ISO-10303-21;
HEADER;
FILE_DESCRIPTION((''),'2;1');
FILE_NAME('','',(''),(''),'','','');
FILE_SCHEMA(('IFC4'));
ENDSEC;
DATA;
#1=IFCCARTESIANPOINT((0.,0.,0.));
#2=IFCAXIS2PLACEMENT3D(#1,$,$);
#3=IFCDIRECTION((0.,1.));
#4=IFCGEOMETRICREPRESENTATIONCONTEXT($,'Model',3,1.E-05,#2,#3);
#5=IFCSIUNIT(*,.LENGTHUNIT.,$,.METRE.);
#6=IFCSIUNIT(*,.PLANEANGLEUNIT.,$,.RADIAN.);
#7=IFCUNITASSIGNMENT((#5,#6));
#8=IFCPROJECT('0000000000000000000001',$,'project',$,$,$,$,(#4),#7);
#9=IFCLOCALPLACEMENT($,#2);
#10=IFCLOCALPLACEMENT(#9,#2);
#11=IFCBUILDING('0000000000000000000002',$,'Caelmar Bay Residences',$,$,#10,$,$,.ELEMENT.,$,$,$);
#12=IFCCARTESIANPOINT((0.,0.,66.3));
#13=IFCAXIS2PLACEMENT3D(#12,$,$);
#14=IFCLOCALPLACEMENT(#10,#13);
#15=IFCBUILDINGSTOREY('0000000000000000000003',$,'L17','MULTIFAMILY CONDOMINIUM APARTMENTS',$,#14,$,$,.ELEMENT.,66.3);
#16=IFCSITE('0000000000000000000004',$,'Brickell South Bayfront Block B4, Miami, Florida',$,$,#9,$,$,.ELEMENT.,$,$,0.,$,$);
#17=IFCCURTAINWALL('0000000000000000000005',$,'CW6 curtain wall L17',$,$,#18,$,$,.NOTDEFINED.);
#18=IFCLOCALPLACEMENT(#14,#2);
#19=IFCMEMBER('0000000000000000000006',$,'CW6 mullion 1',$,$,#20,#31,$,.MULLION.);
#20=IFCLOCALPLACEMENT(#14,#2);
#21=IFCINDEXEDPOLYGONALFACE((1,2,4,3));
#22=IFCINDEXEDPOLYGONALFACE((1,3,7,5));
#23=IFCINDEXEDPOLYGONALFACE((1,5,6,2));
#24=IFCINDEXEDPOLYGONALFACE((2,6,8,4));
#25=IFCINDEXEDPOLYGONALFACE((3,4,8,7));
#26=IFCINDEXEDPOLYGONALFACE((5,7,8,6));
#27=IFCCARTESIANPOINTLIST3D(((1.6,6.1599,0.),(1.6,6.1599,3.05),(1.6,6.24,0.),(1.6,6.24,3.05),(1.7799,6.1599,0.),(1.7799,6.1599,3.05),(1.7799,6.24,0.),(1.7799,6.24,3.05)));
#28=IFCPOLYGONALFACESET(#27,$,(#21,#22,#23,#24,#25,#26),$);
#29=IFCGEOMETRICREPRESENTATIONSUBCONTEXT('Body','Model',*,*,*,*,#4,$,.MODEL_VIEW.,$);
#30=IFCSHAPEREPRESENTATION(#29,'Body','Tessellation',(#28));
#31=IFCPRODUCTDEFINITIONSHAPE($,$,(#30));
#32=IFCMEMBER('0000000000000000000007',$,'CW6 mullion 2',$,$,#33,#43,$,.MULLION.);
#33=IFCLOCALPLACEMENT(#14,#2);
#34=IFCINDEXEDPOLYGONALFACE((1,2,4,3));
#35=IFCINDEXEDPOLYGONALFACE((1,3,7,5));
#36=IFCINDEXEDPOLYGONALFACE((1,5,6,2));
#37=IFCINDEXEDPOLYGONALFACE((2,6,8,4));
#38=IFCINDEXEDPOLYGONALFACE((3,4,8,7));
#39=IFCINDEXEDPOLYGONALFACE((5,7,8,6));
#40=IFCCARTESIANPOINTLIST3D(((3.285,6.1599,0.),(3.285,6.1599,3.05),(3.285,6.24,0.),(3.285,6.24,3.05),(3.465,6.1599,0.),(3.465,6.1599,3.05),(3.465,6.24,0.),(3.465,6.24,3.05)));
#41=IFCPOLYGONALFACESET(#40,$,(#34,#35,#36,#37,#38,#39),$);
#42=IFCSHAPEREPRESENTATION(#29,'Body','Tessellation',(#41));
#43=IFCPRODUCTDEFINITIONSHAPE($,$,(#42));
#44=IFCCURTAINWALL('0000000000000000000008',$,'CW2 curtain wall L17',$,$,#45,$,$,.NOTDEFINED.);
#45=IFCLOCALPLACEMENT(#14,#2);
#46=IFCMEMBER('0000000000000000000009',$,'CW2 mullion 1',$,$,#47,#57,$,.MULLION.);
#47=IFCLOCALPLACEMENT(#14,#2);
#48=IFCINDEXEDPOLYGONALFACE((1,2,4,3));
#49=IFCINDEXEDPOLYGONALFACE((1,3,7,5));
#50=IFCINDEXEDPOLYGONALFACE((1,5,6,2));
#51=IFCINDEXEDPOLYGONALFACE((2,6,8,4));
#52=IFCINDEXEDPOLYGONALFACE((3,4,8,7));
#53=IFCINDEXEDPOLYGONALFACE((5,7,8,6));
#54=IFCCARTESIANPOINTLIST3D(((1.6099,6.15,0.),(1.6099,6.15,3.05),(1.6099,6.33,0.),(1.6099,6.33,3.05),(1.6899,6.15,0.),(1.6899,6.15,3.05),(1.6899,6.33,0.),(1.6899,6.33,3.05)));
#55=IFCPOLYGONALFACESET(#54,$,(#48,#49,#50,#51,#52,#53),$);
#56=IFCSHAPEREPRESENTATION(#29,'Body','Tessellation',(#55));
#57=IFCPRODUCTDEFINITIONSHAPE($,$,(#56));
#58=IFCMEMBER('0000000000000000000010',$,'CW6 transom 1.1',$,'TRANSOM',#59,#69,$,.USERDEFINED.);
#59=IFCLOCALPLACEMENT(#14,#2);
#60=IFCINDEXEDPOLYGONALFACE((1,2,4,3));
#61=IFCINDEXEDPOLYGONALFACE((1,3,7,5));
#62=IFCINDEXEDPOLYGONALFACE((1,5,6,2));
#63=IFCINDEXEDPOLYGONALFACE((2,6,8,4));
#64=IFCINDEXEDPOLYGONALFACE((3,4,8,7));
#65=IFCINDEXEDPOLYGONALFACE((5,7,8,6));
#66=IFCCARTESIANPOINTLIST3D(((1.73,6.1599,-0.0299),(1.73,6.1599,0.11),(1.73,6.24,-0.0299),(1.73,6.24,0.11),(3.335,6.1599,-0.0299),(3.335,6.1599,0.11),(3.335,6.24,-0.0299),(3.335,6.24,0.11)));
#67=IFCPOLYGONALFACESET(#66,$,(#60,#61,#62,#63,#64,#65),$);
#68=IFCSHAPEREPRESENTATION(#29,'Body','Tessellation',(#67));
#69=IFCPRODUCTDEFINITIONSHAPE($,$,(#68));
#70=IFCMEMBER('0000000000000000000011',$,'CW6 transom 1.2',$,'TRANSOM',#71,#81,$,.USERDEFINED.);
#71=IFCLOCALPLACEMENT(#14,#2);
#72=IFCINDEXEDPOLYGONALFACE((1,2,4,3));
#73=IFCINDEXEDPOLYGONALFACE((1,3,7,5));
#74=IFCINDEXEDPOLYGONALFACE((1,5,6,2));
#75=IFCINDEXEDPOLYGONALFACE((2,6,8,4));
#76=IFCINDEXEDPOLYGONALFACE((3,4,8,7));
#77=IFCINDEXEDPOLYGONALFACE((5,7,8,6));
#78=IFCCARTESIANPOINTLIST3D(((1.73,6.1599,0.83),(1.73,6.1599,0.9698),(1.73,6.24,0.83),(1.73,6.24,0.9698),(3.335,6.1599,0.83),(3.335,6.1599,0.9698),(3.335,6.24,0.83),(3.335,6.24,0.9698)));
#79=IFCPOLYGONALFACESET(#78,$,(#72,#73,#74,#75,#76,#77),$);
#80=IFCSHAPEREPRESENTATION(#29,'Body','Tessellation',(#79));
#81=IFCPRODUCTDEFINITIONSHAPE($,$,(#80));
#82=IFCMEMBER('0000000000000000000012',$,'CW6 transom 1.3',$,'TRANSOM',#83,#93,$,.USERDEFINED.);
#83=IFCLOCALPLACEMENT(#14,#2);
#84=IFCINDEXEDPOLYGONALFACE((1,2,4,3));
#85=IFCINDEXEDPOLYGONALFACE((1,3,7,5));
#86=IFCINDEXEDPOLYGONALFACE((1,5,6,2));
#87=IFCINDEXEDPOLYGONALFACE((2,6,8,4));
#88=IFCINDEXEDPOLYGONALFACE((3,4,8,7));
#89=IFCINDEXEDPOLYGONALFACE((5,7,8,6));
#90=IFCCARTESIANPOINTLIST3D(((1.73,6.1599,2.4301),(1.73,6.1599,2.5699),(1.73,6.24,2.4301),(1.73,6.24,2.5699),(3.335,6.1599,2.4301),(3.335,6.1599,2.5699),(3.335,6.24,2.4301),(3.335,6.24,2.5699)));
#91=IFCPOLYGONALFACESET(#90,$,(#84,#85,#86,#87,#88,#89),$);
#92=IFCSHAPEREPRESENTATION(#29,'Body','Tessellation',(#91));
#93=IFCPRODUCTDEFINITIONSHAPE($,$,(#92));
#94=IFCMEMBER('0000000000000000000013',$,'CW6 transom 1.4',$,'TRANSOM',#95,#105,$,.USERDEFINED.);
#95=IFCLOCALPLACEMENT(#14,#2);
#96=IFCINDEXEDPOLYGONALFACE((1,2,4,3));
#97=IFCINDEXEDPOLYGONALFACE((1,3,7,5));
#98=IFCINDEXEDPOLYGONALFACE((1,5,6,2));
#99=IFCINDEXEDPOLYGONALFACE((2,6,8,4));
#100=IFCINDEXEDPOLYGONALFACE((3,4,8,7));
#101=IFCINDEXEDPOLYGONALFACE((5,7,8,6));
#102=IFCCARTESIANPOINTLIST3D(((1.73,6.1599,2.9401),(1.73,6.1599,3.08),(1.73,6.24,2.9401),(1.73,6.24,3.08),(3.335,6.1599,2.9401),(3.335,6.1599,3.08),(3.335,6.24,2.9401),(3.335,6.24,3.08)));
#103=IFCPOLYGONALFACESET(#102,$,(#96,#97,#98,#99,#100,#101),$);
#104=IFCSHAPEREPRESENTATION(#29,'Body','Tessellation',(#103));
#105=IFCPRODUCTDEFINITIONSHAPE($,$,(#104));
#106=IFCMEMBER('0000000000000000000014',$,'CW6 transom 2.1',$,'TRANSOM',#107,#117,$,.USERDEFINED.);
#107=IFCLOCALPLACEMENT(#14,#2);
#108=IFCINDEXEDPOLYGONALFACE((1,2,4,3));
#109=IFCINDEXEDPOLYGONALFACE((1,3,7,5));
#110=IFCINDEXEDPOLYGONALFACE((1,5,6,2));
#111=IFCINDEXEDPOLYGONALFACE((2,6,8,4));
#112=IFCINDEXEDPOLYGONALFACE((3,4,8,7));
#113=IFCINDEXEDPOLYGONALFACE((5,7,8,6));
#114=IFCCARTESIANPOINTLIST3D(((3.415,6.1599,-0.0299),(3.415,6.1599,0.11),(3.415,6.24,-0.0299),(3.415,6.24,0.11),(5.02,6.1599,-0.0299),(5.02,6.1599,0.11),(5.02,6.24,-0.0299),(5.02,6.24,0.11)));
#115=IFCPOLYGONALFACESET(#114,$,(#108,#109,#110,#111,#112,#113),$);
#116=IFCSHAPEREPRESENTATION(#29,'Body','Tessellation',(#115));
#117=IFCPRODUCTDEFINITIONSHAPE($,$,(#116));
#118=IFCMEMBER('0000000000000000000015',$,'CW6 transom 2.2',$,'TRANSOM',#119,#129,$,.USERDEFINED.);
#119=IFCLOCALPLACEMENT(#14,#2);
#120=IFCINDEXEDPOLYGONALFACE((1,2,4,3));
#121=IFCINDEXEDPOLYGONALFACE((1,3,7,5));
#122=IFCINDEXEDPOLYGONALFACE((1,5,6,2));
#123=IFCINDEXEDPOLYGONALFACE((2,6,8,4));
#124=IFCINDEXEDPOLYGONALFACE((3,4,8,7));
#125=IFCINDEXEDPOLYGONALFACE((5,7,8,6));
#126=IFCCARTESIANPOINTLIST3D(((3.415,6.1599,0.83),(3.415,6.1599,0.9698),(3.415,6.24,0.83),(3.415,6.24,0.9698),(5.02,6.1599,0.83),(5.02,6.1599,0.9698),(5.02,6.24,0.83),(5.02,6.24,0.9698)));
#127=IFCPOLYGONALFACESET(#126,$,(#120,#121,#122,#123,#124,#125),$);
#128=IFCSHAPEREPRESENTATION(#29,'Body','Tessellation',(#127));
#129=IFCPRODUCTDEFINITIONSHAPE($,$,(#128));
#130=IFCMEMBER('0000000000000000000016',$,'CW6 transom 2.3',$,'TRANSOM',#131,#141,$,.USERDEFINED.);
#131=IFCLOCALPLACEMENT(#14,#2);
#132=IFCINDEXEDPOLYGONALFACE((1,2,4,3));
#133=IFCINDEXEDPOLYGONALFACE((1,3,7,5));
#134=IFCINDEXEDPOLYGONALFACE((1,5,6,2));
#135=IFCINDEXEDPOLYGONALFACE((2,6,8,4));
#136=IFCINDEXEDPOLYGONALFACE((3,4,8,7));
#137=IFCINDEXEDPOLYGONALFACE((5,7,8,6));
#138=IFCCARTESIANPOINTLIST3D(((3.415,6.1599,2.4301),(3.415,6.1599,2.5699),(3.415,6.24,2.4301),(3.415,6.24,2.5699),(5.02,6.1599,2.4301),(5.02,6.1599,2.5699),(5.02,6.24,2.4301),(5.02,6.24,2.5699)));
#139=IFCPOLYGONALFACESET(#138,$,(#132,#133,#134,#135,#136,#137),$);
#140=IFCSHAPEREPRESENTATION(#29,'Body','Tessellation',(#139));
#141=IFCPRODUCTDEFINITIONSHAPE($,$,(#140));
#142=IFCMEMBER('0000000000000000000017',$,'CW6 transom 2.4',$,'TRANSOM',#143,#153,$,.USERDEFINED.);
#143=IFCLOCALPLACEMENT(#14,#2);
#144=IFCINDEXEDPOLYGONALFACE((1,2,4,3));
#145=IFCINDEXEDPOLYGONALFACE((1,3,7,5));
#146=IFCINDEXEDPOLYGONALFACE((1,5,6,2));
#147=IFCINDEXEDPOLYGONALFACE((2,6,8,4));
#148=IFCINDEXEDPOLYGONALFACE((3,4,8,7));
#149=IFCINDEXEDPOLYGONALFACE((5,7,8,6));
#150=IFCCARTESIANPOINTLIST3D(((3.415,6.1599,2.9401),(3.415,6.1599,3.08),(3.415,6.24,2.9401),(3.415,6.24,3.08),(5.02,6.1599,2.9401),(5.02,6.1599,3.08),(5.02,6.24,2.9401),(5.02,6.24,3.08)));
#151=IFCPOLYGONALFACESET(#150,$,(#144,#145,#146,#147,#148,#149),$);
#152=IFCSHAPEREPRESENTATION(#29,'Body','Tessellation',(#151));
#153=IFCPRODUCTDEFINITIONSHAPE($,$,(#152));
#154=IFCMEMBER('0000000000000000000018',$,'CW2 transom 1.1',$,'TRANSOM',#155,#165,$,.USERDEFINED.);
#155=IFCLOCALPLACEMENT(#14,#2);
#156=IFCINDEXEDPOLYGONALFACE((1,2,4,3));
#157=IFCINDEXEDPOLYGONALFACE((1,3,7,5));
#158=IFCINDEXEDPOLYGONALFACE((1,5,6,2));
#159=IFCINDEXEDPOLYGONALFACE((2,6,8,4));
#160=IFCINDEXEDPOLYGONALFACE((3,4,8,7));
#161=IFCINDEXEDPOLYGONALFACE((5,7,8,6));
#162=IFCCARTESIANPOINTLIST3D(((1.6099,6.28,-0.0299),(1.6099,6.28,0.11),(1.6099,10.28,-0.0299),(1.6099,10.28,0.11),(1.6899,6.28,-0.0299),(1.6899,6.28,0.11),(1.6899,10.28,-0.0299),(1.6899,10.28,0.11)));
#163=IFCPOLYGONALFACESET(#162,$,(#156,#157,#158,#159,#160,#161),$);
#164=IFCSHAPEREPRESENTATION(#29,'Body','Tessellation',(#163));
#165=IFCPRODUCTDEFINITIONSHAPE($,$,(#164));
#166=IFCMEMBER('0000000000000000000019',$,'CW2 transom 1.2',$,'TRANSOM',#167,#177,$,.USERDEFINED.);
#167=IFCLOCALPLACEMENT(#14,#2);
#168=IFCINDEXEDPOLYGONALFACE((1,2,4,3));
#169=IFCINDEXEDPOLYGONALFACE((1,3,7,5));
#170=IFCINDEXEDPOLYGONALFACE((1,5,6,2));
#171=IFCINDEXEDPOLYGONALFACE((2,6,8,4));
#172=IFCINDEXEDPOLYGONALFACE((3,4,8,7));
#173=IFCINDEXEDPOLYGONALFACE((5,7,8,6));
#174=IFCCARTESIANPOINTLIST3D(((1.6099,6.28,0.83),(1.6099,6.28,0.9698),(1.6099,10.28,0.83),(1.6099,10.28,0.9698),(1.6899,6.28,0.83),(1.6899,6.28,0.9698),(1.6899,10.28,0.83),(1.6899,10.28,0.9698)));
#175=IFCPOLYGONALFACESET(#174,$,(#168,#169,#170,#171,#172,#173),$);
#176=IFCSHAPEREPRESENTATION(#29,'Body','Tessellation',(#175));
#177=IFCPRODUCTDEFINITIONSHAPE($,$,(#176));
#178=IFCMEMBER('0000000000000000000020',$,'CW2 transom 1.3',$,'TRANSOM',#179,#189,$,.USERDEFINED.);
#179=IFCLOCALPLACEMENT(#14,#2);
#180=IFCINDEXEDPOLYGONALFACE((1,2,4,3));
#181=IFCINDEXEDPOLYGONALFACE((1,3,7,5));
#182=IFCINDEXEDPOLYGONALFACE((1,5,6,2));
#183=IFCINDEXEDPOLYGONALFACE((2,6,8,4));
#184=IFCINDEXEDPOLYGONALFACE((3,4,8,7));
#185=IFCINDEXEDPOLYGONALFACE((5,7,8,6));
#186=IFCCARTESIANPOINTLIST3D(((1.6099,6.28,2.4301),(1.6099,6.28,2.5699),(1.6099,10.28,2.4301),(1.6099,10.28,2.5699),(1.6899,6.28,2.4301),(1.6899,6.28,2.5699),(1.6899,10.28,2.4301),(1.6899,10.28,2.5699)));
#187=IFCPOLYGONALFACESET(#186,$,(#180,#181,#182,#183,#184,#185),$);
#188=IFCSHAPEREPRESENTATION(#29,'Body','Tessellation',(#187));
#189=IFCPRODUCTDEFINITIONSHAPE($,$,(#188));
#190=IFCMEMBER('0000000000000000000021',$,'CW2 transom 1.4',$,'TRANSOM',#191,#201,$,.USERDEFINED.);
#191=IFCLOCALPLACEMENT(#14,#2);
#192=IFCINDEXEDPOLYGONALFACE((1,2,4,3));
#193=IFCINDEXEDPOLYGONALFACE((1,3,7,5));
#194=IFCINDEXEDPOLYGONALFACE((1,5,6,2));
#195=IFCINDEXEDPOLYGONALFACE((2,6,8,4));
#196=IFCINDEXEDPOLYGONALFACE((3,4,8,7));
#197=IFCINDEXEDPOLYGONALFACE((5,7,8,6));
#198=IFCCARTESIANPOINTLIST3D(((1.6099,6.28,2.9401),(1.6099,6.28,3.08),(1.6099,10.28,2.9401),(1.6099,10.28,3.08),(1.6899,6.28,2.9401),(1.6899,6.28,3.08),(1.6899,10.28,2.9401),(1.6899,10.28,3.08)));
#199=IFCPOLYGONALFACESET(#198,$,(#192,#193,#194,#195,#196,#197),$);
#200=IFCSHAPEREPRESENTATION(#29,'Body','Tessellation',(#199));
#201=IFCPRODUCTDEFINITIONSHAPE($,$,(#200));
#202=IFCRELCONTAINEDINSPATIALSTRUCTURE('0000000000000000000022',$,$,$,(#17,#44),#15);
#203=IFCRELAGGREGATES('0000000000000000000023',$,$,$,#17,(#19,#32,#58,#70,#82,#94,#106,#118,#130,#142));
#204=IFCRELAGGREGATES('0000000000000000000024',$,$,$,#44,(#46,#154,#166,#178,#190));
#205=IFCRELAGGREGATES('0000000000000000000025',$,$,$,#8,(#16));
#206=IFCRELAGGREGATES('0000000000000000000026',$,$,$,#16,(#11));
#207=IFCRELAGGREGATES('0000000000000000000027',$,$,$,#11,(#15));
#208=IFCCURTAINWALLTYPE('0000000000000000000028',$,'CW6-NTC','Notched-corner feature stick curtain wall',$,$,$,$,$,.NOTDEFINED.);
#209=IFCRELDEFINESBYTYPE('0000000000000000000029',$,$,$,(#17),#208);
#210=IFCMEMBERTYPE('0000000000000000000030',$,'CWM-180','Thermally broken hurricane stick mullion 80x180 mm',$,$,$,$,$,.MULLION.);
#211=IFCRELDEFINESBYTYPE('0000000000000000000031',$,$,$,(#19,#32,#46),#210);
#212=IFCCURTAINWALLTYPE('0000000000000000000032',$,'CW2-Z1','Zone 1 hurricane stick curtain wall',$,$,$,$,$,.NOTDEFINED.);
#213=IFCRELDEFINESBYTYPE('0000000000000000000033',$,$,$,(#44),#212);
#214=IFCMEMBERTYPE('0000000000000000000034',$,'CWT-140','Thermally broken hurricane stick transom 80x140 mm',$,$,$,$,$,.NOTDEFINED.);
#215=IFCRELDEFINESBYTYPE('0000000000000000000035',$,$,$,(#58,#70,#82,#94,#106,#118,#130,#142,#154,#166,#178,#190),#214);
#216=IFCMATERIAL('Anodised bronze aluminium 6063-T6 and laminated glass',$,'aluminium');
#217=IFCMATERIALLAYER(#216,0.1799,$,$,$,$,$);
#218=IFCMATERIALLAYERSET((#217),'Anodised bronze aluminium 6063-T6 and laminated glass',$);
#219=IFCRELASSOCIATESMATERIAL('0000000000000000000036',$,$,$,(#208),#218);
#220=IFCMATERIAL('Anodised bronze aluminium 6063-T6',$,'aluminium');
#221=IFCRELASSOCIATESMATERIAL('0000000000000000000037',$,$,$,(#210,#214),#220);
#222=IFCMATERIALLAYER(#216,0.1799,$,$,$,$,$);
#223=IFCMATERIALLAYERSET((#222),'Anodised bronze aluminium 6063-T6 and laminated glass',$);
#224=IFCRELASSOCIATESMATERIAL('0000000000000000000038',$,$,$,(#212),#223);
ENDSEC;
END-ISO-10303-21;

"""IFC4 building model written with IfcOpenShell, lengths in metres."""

from ifc_helpers import new_model, si_unit, direction, frame, origin, origin_2d, place, context, subcontext, project, spatial, rectangle, extrude, material, layer, layer_set, material_profile, profile_set, type_object, element, aggregate, save


model = new_model("IFC4")

# Units and contexts
model_context = context("Model", 3, precision=1e-05, world=origin(), true_north=direction((0.0, 1.0)))
body_context = subcontext(model_context, "Body", "Model", "MODEL_VIEW")
ifc_project = project(units=[si_unit("LENGTHUNIT", "METRE"), si_unit("PLANEANGLEUNIT", "RADIAN")], contexts=[model_context])

# Site, building, storey
site_placement = place(None, origin())
site = spatial("IfcSite", under=ifc_project, at=site_placement, Name="Brickell South Bayfront Block B4, Miami, Florida", CompositionType="ELEMENT", RefElevation=0.0)
building_placement = place(site_placement, origin())
building = spatial("IfcBuilding", under=site, at=building_placement, Name="Caelmar Bay Residences", CompositionType="ELEMENT")
storey_placement = place(building_placement, frame((0.0, 0.0, 66.3)))
storey = spatial("IfcBuildingStorey", under=building, at=storey_placement, Name="L17", Description="MULTIFAMILY CONDOMINIUM APARTMENTS", CompositionType="ELEMENT", Elevation=66.3)

# Curtain wall, members
ifc_material_1 = material(Name="Anodised bronze aluminium 6063-T6 and laminated glass", Category="aluminium")
ifc_layer_1 = layer(ifc_material_1, 0.1799)
ifc_layer_set_1 = layer_set([ifc_layer_1], Name="Anodised bronze aluminium 6063-T6 and laminated glass")
curtain_wall_type_1 = type_object("IfcCurtainWallType", Name="CW6-NTC", Description="Notched-corner feature stick curtain wall", PredefinedType="NOTDEFINED", material=ifc_layer_set_1)
curtain_wall_1_placement = place(storey_placement, origin())
curtain_wall_1 = element("IfcCurtainWall", 1, at=curtain_wall_1_placement, inside=storey, type_object=curtain_wall_type_1, Name="CW6 curtain wall L17", PredefinedType="NOTDEFINED")
ifc_material_2 = material(Name="Anodised bronze aluminium 6063-T6", Category="aluminium")
ifc_material_profile_1 = material_profile(ifc_material_2, rectangle(XDim=0.0801, YDim=0.1799, at=origin_2d()), Name="CWM-80X180")
ifc_profile_set_1 = profile_set([ifc_material_profile_1], Name="Anodised bronze aluminium 6063-T6")
member_type_1 = type_object("IfcMemberType", Name="CWM-180", Description="Thermally broken hurricane stick mullion 80x180 mm", PredefinedType="MULLION", material=ifc_profile_set_1)
member_1_placement = place(storey_placement, frame((1.6899, 6.2, 0.0), z_axis=(0.0, 0.0, 1.0), x_axis=(0.0, 1.0, 0.0)))
member_1 = element("IfcMember", 2, at=member_1_placement, type_object=member_type_1, Name="CW6 mullion 1", PredefinedType="MULLION", context=body_context, shape_type="SweptSolid", body=[
    extrude(rectangle(XDim=0.0801, YDim=0.1799, at=origin_2d()), origin(), (0.0, 0.0, 1.0), 3.05),
])
member_2_placement = place(storey_placement, frame((3.375, 6.2, 0.0), z_axis=(0.0, 0.0, 1.0), x_axis=(0.0, 1.0, 0.0)))
member_2 = element("IfcMember", 3, at=member_2_placement, type_object=member_type_1, Name="CW6 mullion 2", PredefinedType="MULLION", context=body_context, shape_type="SweptSolid", body=[
    extrude(rectangle(XDim=0.0801, YDim=0.1799, at=origin_2d()), origin(), (0.0, 0.0, 1.0), 3.05),
])

# Curtain wall, member
ifc_layer_2 = layer(ifc_material_1, 0.1799)
ifc_layer_set_2 = layer_set([ifc_layer_2], Name="Anodised bronze aluminium 6063-T6 and laminated glass")
curtain_wall_type_2 = type_object("IfcCurtainWallType", Name="CW2-Z1", Description="Zone 1 hurricane stick curtain wall", PredefinedType="NOTDEFINED", material=ifc_layer_set_2)
curtain_wall_2_placement = place(storey_placement, origin())
curtain_wall_2 = element("IfcCurtainWall", 4, at=curtain_wall_2_placement, inside=storey, type_object=curtain_wall_type_2, Name="CW2 curtain wall L17", PredefinedType="NOTDEFINED")
member_3_placement = place(storey_placement, frame((1.6499, 6.24, 0.0), z_axis=(0.0, 0.0, 1.0), x_axis=(-1.0, 0.0, 0.0)))
member_3 = element("IfcMember", 5, at=member_3_placement, type_object=member_type_1, Name="CW2 mullion 1", PredefinedType="MULLION", context=body_context, shape_type="SweptSolid", body=[
    extrude(rectangle(XDim=0.0801, YDim=0.1799, at=origin_2d()), origin(), (0.0, 0.0, 1.0), 3.05),
])

# Members
ifc_material_profile_2 = material_profile(ifc_material_2, rectangle(XDim=0.0801, YDim=0.1399, at=origin_2d()), Name="CWT-80X140")
ifc_profile_set_2 = profile_set([ifc_material_profile_2], Name="Anodised bronze aluminium 6063-T6")
member_type_2 = type_object("IfcMemberType", Name="CWT-140", Description="Thermally broken hurricane stick transom 80x140 mm", PredefinedType="NOTDEFINED", material=ifc_profile_set_2)
member_4_placement = place(storey_placement, frame((1.73, 6.2, 0.04), z_axis=(1.0, 0.0, 0.0), x_axis=(0.0, 1.0, 0.0)))
member_4 = element("IfcMember", 6, at=member_4_placement, type_object=member_type_2, Name="CW6 transom 1.1", ObjectType="TRANSOM", PredefinedType="USERDEFINED", context=body_context, shape_type="SweptSolid", body=[
    extrude(rectangle(XDim=0.0801, YDim=0.1399, at=origin_2d()), origin(), (0.0, 0.0, 1.0), 1.605),
])
member_5_placement = place(storey_placement, frame((1.73, 6.2, 0.8999), z_axis=(1.0, 0.0, 0.0), x_axis=(0.0, 1.0, 0.0)))
member_5 = element("IfcMember", 7, at=member_5_placement, type_object=member_type_2, Name="CW6 transom 1.2", ObjectType="TRANSOM", PredefinedType="USERDEFINED", context=body_context, shape_type="SweptSolid", body=[
    extrude(rectangle(XDim=0.0801, YDim=0.1399, at=origin_2d()), origin(), (0.0, 0.0, 1.0), 1.605),
])
member_6_placement = place(storey_placement, frame((1.73, 6.2, 2.5), z_axis=(1.0, 0.0, 0.0), x_axis=(0.0, 1.0, 0.0)))
member_6 = element("IfcMember", 8, at=member_6_placement, type_object=member_type_2, Name="CW6 transom 1.3", ObjectType="TRANSOM", PredefinedType="USERDEFINED", context=body_context, shape_type="SweptSolid", body=[
    extrude(rectangle(XDim=0.0801, YDim=0.1399, at=origin_2d()), origin(), (0.0, 0.0, 1.0), 1.605),
])
member_7_placement = place(storey_placement, frame((1.73, 6.2, 3.01), z_axis=(1.0, 0.0, 0.0), x_axis=(0.0, 1.0, 0.0)))
member_7 = element("IfcMember", 9, at=member_7_placement, type_object=member_type_2, Name="CW6 transom 1.4", ObjectType="TRANSOM", PredefinedType="USERDEFINED", context=body_context, shape_type="SweptSolid", body=[
    extrude(rectangle(XDim=0.0801, YDim=0.1399, at=origin_2d()), origin(), (0.0, 0.0, 1.0), 1.605),
])
member_8_placement = place(storey_placement, frame((3.415, 6.2, 0.04), z_axis=(1.0, 0.0, 0.0), x_axis=(0.0, 1.0, 0.0)))
member_8 = element("IfcMember", 10, at=member_8_placement, type_object=member_type_2, Name="CW6 transom 2.1", ObjectType="TRANSOM", PredefinedType="USERDEFINED", context=body_context, shape_type="SweptSolid", body=[
    extrude(rectangle(XDim=0.0801, YDim=0.1399, at=origin_2d()), origin(), (0.0, 0.0, 1.0), 1.605),
])
member_9_placement = place(storey_placement, frame((3.415, 6.2, 0.8999), z_axis=(1.0, 0.0, 0.0), x_axis=(0.0, 1.0, 0.0)))
member_9 = element("IfcMember", 11, at=member_9_placement, type_object=member_type_2, Name="CW6 transom 2.2", ObjectType="TRANSOM", PredefinedType="USERDEFINED", context=body_context, shape_type="SweptSolid", body=[
    extrude(rectangle(XDim=0.0801, YDim=0.1399, at=origin_2d()), origin(), (0.0, 0.0, 1.0), 1.605),
])
member_10_placement = place(storey_placement, frame((3.415, 6.2, 2.5), z_axis=(1.0, 0.0, 0.0), x_axis=(0.0, 1.0, 0.0)))
member_10 = element("IfcMember", 12, at=member_10_placement, type_object=member_type_2, Name="CW6 transom 2.3", ObjectType="TRANSOM", PredefinedType="USERDEFINED", context=body_context, shape_type="SweptSolid", body=[
    extrude(rectangle(XDim=0.0801, YDim=0.1399, at=origin_2d()), origin(), (0.0, 0.0, 1.0), 1.605),
])
member_11_placement = place(storey_placement, frame((3.415, 6.2, 3.01), z_axis=(1.0, 0.0, 0.0), x_axis=(0.0, 1.0, 0.0)))
member_11 = element("IfcMember", 13, at=member_11_placement, type_object=member_type_2, Name="CW6 transom 2.4", ObjectType="TRANSOM", PredefinedType="USERDEFINED", context=body_context, shape_type="SweptSolid", body=[
    extrude(rectangle(XDim=0.0801, YDim=0.1399, at=origin_2d()), origin(), (0.0, 0.0, 1.0), 1.605),
])
member_12_placement = place(storey_placement, frame((1.6499, 6.28, 0.04), z_axis=(0.0, 1.0, 0.0), x_axis=(-1.0, 0.0, 0.0)))
member_12 = element("IfcMember", 14, at=member_12_placement, type_object=member_type_2, Name="CW2 transom 1.1", ObjectType="TRANSOM", PredefinedType="USERDEFINED", context=body_context, shape_type="SweptSolid", body=[
    extrude(rectangle(XDim=0.0801, YDim=0.1399, at=origin_2d()), origin(), (0.0, 0.0, 1.0), 4.0),
])
member_13_placement = place(storey_placement, frame((1.6499, 6.28, 0.8999), z_axis=(0.0, 1.0, 0.0), x_axis=(-1.0, 0.0, 0.0)))
member_13 = element("IfcMember", 15, at=member_13_placement, type_object=member_type_2, Name="CW2 transom 1.2", ObjectType="TRANSOM", PredefinedType="USERDEFINED", context=body_context, shape_type="SweptSolid", body=[
    extrude(rectangle(XDim=0.0801, YDim=0.1399, at=origin_2d()), origin(), (0.0, 0.0, 1.0), 4.0),
])
member_14_placement = place(storey_placement, frame((1.6499, 6.28, 2.5), z_axis=(0.0, 1.0, 0.0), x_axis=(-1.0, 0.0, 0.0)))
member_14 = element("IfcMember", 16, at=member_14_placement, type_object=member_type_2, Name="CW2 transom 1.3", ObjectType="TRANSOM", PredefinedType="USERDEFINED", context=body_context, shape_type="SweptSolid", body=[
    extrude(rectangle(XDim=0.0801, YDim=0.1399, at=origin_2d()), origin(), (0.0, 0.0, 1.0), 4.0),
])
member_15_placement = place(storey_placement, frame((1.6499, 6.28, 3.01), z_axis=(0.0, 1.0, 0.0), x_axis=(-1.0, 0.0, 0.0)))
member_15 = element("IfcMember", 17, at=member_15_placement, type_object=member_type_2, Name="CW2 transom 1.4", ObjectType="TRANSOM", PredefinedType="USERDEFINED", context=body_context, shape_type="SweptSolid", body=[
    extrude(rectangle(XDim=0.0801, YDim=0.1399, at=origin_2d()), origin(), (0.0, 0.0, 1.0), 4.0),
])

aggregate(curtain_wall_1, [member_1, member_2, member_4, member_5, member_6, member_7, member_8, member_9, member_10, member_11])
aggregate(curtain_wall_2, [member_3, member_12, member_13, member_14, member_15])

save(model, "model.ifc")
